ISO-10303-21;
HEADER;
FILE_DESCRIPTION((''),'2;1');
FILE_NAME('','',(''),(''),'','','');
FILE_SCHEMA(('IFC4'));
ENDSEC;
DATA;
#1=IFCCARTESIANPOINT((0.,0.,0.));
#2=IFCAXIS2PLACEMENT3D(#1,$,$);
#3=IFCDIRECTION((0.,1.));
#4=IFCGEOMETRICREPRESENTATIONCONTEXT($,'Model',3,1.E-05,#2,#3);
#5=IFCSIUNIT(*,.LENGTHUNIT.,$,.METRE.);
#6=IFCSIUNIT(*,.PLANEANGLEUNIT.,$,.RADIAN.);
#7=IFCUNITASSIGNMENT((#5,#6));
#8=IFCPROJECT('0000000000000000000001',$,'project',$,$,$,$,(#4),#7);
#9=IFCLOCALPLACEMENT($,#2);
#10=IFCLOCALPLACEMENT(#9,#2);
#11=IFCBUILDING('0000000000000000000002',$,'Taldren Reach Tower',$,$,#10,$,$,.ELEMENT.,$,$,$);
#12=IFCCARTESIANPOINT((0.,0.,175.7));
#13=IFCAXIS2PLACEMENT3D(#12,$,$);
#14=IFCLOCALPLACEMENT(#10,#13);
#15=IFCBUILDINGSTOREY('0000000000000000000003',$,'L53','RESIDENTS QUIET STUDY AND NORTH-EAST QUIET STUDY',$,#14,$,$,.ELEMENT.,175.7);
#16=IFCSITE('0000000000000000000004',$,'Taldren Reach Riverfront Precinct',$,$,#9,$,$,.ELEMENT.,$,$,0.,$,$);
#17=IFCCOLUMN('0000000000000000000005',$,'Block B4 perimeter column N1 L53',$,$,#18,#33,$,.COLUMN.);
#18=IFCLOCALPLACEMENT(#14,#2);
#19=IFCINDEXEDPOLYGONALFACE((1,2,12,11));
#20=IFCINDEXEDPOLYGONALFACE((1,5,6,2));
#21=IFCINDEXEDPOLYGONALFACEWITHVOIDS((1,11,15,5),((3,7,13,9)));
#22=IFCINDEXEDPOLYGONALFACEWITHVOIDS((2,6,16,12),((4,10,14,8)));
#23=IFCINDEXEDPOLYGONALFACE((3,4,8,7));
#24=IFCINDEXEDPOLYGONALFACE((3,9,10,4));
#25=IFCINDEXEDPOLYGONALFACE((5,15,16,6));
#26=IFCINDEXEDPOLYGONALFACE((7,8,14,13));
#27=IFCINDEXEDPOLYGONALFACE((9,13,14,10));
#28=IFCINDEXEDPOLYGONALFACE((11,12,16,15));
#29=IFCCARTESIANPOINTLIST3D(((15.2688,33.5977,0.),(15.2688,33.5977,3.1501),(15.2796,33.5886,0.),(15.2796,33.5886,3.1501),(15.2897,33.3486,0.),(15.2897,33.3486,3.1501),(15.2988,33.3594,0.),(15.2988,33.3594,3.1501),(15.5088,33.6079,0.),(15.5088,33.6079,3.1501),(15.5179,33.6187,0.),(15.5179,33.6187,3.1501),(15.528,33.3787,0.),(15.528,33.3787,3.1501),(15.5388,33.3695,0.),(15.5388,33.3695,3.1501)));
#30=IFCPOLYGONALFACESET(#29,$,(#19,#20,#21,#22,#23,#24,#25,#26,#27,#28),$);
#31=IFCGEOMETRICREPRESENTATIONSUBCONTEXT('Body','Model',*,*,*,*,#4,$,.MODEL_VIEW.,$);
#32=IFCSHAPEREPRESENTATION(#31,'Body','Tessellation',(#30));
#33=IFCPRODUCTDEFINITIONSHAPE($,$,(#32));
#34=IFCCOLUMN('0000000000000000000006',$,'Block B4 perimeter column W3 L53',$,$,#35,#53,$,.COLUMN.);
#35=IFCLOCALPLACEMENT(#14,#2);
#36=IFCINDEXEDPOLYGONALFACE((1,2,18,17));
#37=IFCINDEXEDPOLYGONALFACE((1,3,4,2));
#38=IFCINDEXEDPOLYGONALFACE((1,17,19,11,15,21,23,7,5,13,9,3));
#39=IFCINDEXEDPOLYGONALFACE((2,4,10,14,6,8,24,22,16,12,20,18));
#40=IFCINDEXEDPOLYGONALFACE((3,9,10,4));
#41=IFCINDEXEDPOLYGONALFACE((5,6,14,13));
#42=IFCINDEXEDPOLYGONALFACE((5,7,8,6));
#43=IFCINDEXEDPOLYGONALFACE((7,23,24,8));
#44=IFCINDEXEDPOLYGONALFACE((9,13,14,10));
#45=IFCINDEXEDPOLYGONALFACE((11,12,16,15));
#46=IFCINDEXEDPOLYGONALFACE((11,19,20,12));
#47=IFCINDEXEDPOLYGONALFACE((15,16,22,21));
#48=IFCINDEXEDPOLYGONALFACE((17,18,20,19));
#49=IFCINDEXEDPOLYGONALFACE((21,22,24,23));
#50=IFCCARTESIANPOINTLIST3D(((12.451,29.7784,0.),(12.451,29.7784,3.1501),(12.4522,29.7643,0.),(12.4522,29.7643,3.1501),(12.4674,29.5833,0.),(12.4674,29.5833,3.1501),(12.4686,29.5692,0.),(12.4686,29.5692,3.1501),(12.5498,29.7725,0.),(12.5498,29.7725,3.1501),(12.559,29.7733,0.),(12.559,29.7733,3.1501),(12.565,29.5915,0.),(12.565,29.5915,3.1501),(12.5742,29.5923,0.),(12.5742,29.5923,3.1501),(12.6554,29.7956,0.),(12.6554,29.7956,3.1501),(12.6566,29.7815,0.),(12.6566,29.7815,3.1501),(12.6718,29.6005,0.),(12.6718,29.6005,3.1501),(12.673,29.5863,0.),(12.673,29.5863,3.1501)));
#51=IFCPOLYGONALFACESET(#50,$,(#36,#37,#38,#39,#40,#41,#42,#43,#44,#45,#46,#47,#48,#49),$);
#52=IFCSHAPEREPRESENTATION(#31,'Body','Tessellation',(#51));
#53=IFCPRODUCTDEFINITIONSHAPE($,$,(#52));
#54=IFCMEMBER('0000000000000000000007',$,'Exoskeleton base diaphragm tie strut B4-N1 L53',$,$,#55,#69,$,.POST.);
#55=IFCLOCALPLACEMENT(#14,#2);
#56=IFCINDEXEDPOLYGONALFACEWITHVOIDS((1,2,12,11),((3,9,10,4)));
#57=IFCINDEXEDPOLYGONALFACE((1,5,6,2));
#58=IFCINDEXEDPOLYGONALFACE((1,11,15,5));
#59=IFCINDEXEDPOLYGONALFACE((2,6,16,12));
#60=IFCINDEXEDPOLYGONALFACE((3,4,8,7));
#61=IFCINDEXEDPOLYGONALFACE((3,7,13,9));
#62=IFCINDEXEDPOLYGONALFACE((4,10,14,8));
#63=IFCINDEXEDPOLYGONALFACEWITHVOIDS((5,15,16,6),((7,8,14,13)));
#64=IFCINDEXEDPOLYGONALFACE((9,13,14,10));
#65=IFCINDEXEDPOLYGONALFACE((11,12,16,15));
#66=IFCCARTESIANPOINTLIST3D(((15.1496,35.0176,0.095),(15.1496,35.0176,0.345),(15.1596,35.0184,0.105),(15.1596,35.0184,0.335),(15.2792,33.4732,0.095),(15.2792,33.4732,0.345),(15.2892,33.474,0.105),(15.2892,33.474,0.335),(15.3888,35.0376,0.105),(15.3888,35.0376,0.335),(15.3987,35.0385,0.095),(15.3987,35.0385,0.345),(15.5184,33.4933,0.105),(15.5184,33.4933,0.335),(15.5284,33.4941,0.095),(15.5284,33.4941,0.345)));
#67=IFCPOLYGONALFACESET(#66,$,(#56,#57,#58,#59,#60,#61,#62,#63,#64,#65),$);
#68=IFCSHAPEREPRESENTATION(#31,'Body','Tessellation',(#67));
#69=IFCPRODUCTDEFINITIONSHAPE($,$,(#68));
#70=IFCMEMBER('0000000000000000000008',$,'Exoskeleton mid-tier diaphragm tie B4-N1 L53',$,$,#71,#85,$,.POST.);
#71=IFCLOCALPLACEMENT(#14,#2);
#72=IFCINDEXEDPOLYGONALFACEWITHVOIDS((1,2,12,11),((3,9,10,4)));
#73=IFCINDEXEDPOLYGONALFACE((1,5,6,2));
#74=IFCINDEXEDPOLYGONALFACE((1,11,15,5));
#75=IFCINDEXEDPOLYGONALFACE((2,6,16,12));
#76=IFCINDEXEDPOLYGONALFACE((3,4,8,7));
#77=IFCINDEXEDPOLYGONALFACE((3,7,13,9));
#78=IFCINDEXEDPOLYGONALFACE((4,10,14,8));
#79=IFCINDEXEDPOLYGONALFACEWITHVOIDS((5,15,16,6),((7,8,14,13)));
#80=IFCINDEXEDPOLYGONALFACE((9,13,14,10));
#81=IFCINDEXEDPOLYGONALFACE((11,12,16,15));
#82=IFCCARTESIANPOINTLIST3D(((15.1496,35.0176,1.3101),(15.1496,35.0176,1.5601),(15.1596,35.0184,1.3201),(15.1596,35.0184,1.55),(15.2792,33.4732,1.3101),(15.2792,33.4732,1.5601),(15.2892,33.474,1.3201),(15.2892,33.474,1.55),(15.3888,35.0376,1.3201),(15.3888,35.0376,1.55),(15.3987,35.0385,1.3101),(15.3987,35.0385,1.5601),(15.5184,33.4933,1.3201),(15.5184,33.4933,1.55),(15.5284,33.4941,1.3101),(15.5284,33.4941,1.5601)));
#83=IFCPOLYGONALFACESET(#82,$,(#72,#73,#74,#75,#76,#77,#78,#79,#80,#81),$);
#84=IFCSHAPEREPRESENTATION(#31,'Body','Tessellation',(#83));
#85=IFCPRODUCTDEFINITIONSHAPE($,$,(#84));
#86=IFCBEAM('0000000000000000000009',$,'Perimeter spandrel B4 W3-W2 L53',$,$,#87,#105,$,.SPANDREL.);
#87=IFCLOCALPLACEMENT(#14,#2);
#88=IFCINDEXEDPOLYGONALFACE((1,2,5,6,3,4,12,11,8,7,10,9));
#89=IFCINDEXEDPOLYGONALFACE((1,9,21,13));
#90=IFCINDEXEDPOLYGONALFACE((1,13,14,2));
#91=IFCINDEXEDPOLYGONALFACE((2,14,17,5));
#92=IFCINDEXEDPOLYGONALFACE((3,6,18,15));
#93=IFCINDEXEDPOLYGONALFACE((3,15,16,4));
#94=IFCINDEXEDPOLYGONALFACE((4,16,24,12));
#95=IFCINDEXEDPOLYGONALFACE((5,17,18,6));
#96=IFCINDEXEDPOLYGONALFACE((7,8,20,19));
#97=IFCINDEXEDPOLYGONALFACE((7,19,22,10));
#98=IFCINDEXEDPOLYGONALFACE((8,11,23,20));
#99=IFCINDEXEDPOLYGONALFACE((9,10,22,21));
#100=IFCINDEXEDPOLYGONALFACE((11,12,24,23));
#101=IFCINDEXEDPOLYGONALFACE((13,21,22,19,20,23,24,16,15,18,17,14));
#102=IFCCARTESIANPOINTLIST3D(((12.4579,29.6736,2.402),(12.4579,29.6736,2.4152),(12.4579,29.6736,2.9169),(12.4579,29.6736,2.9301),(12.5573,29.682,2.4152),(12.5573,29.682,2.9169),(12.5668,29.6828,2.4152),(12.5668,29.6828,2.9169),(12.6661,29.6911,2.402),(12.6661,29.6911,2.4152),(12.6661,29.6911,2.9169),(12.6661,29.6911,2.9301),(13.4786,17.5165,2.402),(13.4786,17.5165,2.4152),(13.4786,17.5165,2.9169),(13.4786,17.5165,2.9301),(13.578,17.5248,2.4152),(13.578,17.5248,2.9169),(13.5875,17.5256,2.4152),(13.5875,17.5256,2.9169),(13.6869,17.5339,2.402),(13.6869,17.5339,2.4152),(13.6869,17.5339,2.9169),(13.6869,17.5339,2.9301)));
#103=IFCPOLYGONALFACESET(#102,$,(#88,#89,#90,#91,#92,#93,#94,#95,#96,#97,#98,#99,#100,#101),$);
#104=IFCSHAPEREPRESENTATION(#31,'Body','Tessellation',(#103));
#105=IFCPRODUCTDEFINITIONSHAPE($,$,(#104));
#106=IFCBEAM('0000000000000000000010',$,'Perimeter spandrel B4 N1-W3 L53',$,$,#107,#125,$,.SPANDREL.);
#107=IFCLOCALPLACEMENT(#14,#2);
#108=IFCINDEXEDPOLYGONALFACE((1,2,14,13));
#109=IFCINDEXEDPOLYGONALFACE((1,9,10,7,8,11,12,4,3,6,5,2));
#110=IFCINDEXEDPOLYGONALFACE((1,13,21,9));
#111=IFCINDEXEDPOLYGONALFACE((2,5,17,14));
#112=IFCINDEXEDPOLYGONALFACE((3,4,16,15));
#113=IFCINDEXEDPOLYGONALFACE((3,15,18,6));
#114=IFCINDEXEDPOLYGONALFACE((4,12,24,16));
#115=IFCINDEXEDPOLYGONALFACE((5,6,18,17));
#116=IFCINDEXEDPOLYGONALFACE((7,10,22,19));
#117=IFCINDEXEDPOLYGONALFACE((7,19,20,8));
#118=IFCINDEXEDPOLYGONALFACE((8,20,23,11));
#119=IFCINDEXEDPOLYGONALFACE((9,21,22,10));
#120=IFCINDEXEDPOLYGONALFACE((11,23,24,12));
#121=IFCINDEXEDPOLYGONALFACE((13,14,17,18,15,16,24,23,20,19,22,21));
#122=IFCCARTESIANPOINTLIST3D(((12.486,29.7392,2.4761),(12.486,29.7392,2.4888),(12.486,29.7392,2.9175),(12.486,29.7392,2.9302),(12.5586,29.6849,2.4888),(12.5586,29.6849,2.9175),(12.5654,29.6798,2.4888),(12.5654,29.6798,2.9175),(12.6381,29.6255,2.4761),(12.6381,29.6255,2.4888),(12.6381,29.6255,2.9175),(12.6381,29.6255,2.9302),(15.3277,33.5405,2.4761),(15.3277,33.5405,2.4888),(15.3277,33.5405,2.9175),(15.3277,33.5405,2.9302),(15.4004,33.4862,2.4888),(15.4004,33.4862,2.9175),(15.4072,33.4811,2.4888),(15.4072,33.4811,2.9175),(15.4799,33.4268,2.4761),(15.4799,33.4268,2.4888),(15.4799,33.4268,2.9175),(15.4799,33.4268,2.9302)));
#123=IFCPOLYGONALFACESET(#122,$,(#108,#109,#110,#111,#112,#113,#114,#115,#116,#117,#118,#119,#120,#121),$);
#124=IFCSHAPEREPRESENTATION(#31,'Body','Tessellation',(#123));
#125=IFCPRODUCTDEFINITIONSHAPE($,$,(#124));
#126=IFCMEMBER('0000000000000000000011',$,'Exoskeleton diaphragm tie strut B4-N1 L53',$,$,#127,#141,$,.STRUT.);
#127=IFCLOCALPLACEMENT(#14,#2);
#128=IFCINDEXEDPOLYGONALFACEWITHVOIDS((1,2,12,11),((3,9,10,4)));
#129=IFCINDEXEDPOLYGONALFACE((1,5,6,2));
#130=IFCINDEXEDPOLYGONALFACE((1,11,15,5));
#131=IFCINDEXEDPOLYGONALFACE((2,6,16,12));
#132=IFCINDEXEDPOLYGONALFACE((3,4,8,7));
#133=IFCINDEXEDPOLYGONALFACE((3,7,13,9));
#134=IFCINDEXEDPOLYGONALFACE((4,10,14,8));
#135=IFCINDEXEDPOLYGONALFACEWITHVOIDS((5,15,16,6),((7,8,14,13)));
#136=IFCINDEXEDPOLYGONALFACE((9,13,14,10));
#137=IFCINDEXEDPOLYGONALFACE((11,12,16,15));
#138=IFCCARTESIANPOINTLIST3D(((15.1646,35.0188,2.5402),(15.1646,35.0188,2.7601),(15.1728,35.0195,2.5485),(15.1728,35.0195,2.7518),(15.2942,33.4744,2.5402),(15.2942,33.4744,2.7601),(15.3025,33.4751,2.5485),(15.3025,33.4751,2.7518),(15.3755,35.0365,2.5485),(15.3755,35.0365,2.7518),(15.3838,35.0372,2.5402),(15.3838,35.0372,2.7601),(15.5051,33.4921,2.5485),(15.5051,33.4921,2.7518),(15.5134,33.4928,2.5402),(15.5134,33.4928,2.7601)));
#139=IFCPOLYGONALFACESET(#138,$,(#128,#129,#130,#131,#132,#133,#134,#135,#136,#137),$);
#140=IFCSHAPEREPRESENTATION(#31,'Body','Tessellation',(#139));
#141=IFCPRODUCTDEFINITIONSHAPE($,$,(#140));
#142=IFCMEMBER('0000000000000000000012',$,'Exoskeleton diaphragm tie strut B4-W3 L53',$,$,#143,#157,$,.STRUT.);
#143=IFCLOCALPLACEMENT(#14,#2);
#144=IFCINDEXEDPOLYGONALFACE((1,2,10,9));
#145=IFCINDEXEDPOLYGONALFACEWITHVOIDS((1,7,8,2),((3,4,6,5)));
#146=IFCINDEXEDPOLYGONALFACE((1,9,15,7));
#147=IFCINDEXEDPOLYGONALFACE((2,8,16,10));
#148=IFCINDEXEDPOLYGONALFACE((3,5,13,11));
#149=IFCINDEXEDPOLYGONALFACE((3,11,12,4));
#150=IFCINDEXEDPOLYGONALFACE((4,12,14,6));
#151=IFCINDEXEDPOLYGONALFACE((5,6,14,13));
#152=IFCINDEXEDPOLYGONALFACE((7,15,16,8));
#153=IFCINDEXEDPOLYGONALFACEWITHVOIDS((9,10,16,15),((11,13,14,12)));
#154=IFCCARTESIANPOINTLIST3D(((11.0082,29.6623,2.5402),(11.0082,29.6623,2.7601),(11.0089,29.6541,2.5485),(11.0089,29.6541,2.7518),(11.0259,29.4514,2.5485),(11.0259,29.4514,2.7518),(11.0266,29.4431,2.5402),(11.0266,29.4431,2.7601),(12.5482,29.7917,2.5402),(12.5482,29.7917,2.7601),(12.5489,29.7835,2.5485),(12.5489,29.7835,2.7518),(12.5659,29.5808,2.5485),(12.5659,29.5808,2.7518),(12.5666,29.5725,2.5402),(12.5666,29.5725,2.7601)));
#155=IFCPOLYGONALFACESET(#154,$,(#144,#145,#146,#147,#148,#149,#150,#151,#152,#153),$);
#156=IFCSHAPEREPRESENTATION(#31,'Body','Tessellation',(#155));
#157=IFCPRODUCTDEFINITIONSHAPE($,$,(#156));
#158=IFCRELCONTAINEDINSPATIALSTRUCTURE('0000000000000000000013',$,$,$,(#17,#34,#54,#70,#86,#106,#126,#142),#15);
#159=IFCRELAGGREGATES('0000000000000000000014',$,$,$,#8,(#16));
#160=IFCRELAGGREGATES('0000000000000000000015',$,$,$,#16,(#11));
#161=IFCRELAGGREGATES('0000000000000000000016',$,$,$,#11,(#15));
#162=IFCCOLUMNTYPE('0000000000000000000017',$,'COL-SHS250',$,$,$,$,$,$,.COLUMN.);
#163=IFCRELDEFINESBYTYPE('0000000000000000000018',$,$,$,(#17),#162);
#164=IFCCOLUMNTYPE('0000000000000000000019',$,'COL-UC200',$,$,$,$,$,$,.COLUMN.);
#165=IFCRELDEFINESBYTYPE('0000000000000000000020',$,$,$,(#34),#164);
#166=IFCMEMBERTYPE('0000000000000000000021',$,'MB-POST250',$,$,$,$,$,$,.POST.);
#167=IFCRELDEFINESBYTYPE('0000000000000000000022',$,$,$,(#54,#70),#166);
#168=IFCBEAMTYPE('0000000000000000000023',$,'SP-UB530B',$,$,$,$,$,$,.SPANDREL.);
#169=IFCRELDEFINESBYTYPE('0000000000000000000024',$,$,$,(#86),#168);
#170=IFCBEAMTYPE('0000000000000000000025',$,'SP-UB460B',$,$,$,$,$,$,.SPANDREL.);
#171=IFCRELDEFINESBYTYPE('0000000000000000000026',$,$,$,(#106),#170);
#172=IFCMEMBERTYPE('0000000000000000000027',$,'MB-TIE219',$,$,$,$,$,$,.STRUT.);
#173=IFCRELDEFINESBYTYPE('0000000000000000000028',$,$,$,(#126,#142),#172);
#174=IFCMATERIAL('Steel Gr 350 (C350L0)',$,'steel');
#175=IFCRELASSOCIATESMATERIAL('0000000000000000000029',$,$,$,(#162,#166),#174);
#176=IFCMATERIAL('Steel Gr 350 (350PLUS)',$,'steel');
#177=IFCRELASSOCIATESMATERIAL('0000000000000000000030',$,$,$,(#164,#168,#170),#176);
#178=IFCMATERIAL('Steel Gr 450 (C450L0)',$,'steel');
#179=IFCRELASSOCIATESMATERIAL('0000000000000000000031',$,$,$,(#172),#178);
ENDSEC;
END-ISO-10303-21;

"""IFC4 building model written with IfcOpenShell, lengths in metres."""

from ifc_helpers import new_model, si_unit, direction, frame, origin, origin_2d, place, context, subcontext, project, spatial, hollow_rectangle, i_section, extrude, source, transform, mapped, material, material_profile, profile_set, type_object, element, save


model = new_model("IFC4")

# Units and contexts
model_context = context("Model", 3, precision=1e-05, world=origin(), true_north=direction((0.0, 1.0)))
body_context = subcontext(model_context, "Body", "Model", "MODEL_VIEW")
ifc_project = project(units=[si_unit("LENGTHUNIT", "METRE"), si_unit("PLANEANGLEUNIT", "RADIAN")], contexts=[model_context])

# Site, building, storey
site_placement = place(None, origin())
site = spatial("IfcSite", under=ifc_project, at=site_placement, Name="Taldren Reach Riverfront Precinct", CompositionType="ELEMENT", RefElevation=0.0)
building_placement = place(site_placement, origin())
building = spatial("IfcBuilding", under=site, at=building_placement, Name="Taldren Reach Tower", CompositionType="ELEMENT")
storey_placement = place(building_placement, frame((0.0, 0.0, 175.7)))
storey = spatial("IfcBuildingStorey", under=building, at=storey_placement, Name="L53", Description="RESIDENTS QUIET STUDY AND NORTH-EAST QUIET STUDY", CompositionType="ELEMENT", Elevation=175.7)

# Columns
ifc_material_1 = material(Name="Steel Gr 350 (C350L0)", Category="steel")
ifc_material_profile_1 = material_profile(ifc_material_1, hollow_rectangle(XDim=0.25, YDim=0.25, WallThickness=0.01, at=origin_2d()), Name="250x250x10.0SHS")
ifc_profile_set_1 = profile_set([ifc_material_profile_1], Name="Steel Gr 350 (C350L0)")
column_type_1 = type_object("IfcColumnType", Name="COL-SHS250", PredefinedType="COLUMN", material=ifc_profile_set_1)
shared_shape_1 = source(origin(), body_context, "Body", "SweptSolid", [
    extrude(hollow_rectangle(XDim=0.25, YDim=0.25, WallThickness=0.01, at=origin_2d()), origin(), (0.0, 0.0, 1.0), 3.1501),
])
column_1_placement = place(storey_placement, frame((15.4038, 33.4836, 0.0), z_axis=(0.0, 0.0, 1.0), x_axis=(0.996493, 0.083678, 0.0)))
element("IfcColumn", 1, at=column_1_placement, inside=storey, type_object=column_type_1, Name="Block B4 perimeter column N1 L53", PredefinedType="COLUMN", context=body_context, shape_type="MappedRepresentation", body=[
    mapped(shared_shape_1, transform((0.0, 0.0, 0.0), scale=1.0)),
])
ifc_material_2 = material(Name="Steel Gr 350 (350PLUS)", Category="steel")
ifc_material_profile_2 = material_profile(ifc_material_2, i_section(OverallWidth=0.2051, OverallDepth=0.21, WebThickness=0.0093, FlangeThickness=0.0142, at=origin_2d()), Name="200UC59.5")
ifc_profile_set_2 = profile_set([ifc_material_profile_2], Name="Steel Gr 350 (350PLUS)")
column_type_2 = type_object("IfcColumnType", Name="COL-UC200", PredefinedType="COLUMN", material=ifc_profile_set_2)
shared_shape_2 = source(origin(), body_context, "Body", "SweptSolid", [
    extrude(i_section(OverallWidth=0.2051, OverallDepth=0.21, WebThickness=0.0093, FlangeThickness=0.0142, at=origin_2d()), origin(), (0.0, 0.0, 1.0), 3.1501),
])
column_2_placement = place(storey_placement, frame((12.562, 29.6824, 0.0), z_axis=(0.0, 0.0, 1.0), x_axis=(0.996493, 0.083678, 0.0)))
element("IfcColumn", 2, at=column_2_placement, inside=storey, type_object=column_type_2, Name="Block B4 perimeter column W3 L53", PredefinedType="COLUMN", context=body_context, shape_type="MappedRepresentation", body=[
    mapped(shared_shape_2, transform((0.0, 0.0, 0.0), scale=1.0)),
])

# Members
ifc_material_profile_3 = material_profile(ifc_material_1, hollow_rectangle(XDim=0.25, YDim=0.25, WallThickness=0.01, at=origin_2d()), Name="250x250x10.0SHS")
ifc_profile_set_3 = profile_set([ifc_material_profile_3], Name="Steel Gr 350 (C350L0)")
member_type_1 = type_object("IfcMemberType", Name="MB-POST250", PredefinedType="POST", material=ifc_profile_set_3)
shared_shape_3 = source(origin(), body_context, "Body", "SweptSolid", [
    extrude(hollow_rectangle(XDim=0.25, YDim=0.25, WallThickness=0.01, at=origin_2d()), origin(), (0.0, 0.0, 1.0), 1.5498),
])
for number, where, z_axis, x_axis, name in (
    (3, (15.4038, 33.4836, 0.22), (-0.083645, 0.996496, 0.0), (-0.996496, -0.083645, 0.0), "Exoskeleton base diaphragm tie strut B4-N1 L53"),
    (4, (15.4038, 33.4836, 1.4351), (-0.083645, 0.996496, 0.0), (-0.996496, -0.083645, 0.0), "Exoskeleton mid-tier diaphragm tie B4-N1 L53"),
):
    element("IfcMember", number, at=place(storey_placement, frame(where, z_axis=z_axis, x_axis=x_axis)), inside=storey, type_object=member_type_1, Name=name, PredefinedType="POST", context=body_context, shape_type="MappedRepresentation", body=[
        mapped(shared_shape_3, transform((0.0, 0.0, 0.0), scale=1.0)),
    ])

# Beams
ifc_material_profile_4 = material_profile(ifc_material_2, i_section(OverallWidth=0.209, OverallDepth=0.5281, WebThickness=0.0095, FlangeThickness=0.0132, at=origin_2d()), Name="530UB82.0")
ifc_profile_set_4 = profile_set([ifc_material_profile_4], Name="Steel Gr 350 (350PLUS)")
beam_type_1 = type_object("IfcBeamType", Name="SP-UB530B", PredefinedType="SPANDREL", material=ifc_profile_set_4)
shared_shape_4 = source(origin(), body_context, "Body", "SweptSolid", [
    extrude(i_section(OverallWidth=0.209, OverallDepth=0.5281, WebThickness=0.0095, FlangeThickness=0.0132, at=origin_2d()), origin(), (0.0, 0.0, 1.0), 12.2),
])
beam_1_placement = place(storey_placement, frame((12.562, 29.6824, 2.666), z_axis=(0.083668, -0.996494, 0.0), x_axis=(0.996494, 0.083668, 0.0)))
element("IfcBeam", 5, at=beam_1_placement, inside=storey, type_object=beam_type_1, Name="Perimeter spandrel B4 W3-W2 L53", PredefinedType="SPANDREL", context=body_context, shape_type="MappedRepresentation", body=[
    mapped(shared_shape_4, transform((0.0, 0.0, 0.0), scale=1.0)),
])
ifc_material_profile_5 = material_profile(ifc_material_2, i_section(OverallWidth=0.1899, OverallDepth=0.4541, WebThickness=0.0085, FlangeThickness=0.0127, at=origin_2d()), Name="460UB67.1")
ifc_profile_set_5 = profile_set([ifc_material_profile_5], Name="Steel Gr 350 (350PLUS)")
beam_type_2 = type_object("IfcBeamType", Name="SP-UB460B", PredefinedType="SPANDREL", material=ifc_profile_set_5)
shared_shape_5 = source(origin(), body_context, "Body", "SweptSolid", [
    extrude(i_section(OverallWidth=0.1899, OverallDepth=0.4541, WebThickness=0.0085, FlangeThickness=0.0127, at=origin_2d()), origin(), (0.0, 0.0, 1.0), 4.7461),
])
beam_2_placement = place(storey_placement, frame((15.4038, 33.4836, 2.7031), z_axis=(-0.598765, -0.800925, 0.0), x_axis=(0.800925, -0.598765, 0.0)))
element("IfcBeam", 6, at=beam_2_placement, inside=storey, type_object=beam_type_2, Name="Perimeter spandrel B4 N1-W3 L53", PredefinedType="SPANDREL", context=body_context, shape_type="MappedRepresentation", body=[
    mapped(shared_shape_5, transform((0.0, 0.0, 0.0), scale=1.0)),
])

# Members
ifc_material_3 = material(Name="Steel Gr 450 (C450L0)", Category="steel")
ifc_material_profile_6 = material_profile(ifc_material_3, hollow_rectangle(XDim=0.22, YDim=0.22, WallThickness=0.0083, at=origin_2d()), Name="220x220x8.2SHS")
ifc_profile_set_6 = profile_set([ifc_material_profile_6], Name="Steel Gr 450 (C450L0)")
member_type_2 = type_object("IfcMemberType", Name="MB-TIE219", PredefinedType="STRUT", material=ifc_profile_set_6)
shared_shape_6 = source(origin(), body_context, "Body", "SweptSolid", [
    extrude(hollow_rectangle(XDim=0.22, YDim=0.22, WallThickness=0.0083, at=origin_2d()), origin(), (0.0, 0.0, 1.0), 1.5498),
])
member_1_placement = place(storey_placement, frame((15.4038, 33.4836, 2.6501), z_axis=(-0.083645, 0.996496, 0.0), x_axis=(-0.996496, -0.083645, 0.0)))
element("IfcMember", 7, at=member_1_placement, inside=storey, type_object=member_type_2, Name="Exoskeleton diaphragm tie strut B4-N1 L53", PredefinedType="STRUT", context=body_context, shape_type="MappedRepresentation", body=[
    mapped(shared_shape_6, transform((0.0, 0.0, 0.0), scale=1.0)),
])
shared_shape_7 = source(origin(), body_context, "Body", "SweptSolid", [
    extrude(hollow_rectangle(XDim=0.22, YDim=0.22, WallThickness=0.0083, at=origin_2d()), origin(), (0.0, 0.0, 1.0), 1.5454),
])
member_2_placement = place(storey_placement, frame((12.5574, 29.6821, 2.6501), z_axis=(-0.996489, -0.083725, 0.0), x_axis=(0.083725, -0.996489, 0.0)))
element("IfcMember", 8, at=member_2_placement, inside=storey, type_object=member_type_2, Name="Exoskeleton diaphragm tie strut B4-W3 L53", PredefinedType="STRUT", context=body_context, shape_type="MappedRepresentation", body=[
    mapped(shared_shape_7, transform((0.0, 0.0, 0.0), scale=1.0)),
])

save(model, "model.ifc")
